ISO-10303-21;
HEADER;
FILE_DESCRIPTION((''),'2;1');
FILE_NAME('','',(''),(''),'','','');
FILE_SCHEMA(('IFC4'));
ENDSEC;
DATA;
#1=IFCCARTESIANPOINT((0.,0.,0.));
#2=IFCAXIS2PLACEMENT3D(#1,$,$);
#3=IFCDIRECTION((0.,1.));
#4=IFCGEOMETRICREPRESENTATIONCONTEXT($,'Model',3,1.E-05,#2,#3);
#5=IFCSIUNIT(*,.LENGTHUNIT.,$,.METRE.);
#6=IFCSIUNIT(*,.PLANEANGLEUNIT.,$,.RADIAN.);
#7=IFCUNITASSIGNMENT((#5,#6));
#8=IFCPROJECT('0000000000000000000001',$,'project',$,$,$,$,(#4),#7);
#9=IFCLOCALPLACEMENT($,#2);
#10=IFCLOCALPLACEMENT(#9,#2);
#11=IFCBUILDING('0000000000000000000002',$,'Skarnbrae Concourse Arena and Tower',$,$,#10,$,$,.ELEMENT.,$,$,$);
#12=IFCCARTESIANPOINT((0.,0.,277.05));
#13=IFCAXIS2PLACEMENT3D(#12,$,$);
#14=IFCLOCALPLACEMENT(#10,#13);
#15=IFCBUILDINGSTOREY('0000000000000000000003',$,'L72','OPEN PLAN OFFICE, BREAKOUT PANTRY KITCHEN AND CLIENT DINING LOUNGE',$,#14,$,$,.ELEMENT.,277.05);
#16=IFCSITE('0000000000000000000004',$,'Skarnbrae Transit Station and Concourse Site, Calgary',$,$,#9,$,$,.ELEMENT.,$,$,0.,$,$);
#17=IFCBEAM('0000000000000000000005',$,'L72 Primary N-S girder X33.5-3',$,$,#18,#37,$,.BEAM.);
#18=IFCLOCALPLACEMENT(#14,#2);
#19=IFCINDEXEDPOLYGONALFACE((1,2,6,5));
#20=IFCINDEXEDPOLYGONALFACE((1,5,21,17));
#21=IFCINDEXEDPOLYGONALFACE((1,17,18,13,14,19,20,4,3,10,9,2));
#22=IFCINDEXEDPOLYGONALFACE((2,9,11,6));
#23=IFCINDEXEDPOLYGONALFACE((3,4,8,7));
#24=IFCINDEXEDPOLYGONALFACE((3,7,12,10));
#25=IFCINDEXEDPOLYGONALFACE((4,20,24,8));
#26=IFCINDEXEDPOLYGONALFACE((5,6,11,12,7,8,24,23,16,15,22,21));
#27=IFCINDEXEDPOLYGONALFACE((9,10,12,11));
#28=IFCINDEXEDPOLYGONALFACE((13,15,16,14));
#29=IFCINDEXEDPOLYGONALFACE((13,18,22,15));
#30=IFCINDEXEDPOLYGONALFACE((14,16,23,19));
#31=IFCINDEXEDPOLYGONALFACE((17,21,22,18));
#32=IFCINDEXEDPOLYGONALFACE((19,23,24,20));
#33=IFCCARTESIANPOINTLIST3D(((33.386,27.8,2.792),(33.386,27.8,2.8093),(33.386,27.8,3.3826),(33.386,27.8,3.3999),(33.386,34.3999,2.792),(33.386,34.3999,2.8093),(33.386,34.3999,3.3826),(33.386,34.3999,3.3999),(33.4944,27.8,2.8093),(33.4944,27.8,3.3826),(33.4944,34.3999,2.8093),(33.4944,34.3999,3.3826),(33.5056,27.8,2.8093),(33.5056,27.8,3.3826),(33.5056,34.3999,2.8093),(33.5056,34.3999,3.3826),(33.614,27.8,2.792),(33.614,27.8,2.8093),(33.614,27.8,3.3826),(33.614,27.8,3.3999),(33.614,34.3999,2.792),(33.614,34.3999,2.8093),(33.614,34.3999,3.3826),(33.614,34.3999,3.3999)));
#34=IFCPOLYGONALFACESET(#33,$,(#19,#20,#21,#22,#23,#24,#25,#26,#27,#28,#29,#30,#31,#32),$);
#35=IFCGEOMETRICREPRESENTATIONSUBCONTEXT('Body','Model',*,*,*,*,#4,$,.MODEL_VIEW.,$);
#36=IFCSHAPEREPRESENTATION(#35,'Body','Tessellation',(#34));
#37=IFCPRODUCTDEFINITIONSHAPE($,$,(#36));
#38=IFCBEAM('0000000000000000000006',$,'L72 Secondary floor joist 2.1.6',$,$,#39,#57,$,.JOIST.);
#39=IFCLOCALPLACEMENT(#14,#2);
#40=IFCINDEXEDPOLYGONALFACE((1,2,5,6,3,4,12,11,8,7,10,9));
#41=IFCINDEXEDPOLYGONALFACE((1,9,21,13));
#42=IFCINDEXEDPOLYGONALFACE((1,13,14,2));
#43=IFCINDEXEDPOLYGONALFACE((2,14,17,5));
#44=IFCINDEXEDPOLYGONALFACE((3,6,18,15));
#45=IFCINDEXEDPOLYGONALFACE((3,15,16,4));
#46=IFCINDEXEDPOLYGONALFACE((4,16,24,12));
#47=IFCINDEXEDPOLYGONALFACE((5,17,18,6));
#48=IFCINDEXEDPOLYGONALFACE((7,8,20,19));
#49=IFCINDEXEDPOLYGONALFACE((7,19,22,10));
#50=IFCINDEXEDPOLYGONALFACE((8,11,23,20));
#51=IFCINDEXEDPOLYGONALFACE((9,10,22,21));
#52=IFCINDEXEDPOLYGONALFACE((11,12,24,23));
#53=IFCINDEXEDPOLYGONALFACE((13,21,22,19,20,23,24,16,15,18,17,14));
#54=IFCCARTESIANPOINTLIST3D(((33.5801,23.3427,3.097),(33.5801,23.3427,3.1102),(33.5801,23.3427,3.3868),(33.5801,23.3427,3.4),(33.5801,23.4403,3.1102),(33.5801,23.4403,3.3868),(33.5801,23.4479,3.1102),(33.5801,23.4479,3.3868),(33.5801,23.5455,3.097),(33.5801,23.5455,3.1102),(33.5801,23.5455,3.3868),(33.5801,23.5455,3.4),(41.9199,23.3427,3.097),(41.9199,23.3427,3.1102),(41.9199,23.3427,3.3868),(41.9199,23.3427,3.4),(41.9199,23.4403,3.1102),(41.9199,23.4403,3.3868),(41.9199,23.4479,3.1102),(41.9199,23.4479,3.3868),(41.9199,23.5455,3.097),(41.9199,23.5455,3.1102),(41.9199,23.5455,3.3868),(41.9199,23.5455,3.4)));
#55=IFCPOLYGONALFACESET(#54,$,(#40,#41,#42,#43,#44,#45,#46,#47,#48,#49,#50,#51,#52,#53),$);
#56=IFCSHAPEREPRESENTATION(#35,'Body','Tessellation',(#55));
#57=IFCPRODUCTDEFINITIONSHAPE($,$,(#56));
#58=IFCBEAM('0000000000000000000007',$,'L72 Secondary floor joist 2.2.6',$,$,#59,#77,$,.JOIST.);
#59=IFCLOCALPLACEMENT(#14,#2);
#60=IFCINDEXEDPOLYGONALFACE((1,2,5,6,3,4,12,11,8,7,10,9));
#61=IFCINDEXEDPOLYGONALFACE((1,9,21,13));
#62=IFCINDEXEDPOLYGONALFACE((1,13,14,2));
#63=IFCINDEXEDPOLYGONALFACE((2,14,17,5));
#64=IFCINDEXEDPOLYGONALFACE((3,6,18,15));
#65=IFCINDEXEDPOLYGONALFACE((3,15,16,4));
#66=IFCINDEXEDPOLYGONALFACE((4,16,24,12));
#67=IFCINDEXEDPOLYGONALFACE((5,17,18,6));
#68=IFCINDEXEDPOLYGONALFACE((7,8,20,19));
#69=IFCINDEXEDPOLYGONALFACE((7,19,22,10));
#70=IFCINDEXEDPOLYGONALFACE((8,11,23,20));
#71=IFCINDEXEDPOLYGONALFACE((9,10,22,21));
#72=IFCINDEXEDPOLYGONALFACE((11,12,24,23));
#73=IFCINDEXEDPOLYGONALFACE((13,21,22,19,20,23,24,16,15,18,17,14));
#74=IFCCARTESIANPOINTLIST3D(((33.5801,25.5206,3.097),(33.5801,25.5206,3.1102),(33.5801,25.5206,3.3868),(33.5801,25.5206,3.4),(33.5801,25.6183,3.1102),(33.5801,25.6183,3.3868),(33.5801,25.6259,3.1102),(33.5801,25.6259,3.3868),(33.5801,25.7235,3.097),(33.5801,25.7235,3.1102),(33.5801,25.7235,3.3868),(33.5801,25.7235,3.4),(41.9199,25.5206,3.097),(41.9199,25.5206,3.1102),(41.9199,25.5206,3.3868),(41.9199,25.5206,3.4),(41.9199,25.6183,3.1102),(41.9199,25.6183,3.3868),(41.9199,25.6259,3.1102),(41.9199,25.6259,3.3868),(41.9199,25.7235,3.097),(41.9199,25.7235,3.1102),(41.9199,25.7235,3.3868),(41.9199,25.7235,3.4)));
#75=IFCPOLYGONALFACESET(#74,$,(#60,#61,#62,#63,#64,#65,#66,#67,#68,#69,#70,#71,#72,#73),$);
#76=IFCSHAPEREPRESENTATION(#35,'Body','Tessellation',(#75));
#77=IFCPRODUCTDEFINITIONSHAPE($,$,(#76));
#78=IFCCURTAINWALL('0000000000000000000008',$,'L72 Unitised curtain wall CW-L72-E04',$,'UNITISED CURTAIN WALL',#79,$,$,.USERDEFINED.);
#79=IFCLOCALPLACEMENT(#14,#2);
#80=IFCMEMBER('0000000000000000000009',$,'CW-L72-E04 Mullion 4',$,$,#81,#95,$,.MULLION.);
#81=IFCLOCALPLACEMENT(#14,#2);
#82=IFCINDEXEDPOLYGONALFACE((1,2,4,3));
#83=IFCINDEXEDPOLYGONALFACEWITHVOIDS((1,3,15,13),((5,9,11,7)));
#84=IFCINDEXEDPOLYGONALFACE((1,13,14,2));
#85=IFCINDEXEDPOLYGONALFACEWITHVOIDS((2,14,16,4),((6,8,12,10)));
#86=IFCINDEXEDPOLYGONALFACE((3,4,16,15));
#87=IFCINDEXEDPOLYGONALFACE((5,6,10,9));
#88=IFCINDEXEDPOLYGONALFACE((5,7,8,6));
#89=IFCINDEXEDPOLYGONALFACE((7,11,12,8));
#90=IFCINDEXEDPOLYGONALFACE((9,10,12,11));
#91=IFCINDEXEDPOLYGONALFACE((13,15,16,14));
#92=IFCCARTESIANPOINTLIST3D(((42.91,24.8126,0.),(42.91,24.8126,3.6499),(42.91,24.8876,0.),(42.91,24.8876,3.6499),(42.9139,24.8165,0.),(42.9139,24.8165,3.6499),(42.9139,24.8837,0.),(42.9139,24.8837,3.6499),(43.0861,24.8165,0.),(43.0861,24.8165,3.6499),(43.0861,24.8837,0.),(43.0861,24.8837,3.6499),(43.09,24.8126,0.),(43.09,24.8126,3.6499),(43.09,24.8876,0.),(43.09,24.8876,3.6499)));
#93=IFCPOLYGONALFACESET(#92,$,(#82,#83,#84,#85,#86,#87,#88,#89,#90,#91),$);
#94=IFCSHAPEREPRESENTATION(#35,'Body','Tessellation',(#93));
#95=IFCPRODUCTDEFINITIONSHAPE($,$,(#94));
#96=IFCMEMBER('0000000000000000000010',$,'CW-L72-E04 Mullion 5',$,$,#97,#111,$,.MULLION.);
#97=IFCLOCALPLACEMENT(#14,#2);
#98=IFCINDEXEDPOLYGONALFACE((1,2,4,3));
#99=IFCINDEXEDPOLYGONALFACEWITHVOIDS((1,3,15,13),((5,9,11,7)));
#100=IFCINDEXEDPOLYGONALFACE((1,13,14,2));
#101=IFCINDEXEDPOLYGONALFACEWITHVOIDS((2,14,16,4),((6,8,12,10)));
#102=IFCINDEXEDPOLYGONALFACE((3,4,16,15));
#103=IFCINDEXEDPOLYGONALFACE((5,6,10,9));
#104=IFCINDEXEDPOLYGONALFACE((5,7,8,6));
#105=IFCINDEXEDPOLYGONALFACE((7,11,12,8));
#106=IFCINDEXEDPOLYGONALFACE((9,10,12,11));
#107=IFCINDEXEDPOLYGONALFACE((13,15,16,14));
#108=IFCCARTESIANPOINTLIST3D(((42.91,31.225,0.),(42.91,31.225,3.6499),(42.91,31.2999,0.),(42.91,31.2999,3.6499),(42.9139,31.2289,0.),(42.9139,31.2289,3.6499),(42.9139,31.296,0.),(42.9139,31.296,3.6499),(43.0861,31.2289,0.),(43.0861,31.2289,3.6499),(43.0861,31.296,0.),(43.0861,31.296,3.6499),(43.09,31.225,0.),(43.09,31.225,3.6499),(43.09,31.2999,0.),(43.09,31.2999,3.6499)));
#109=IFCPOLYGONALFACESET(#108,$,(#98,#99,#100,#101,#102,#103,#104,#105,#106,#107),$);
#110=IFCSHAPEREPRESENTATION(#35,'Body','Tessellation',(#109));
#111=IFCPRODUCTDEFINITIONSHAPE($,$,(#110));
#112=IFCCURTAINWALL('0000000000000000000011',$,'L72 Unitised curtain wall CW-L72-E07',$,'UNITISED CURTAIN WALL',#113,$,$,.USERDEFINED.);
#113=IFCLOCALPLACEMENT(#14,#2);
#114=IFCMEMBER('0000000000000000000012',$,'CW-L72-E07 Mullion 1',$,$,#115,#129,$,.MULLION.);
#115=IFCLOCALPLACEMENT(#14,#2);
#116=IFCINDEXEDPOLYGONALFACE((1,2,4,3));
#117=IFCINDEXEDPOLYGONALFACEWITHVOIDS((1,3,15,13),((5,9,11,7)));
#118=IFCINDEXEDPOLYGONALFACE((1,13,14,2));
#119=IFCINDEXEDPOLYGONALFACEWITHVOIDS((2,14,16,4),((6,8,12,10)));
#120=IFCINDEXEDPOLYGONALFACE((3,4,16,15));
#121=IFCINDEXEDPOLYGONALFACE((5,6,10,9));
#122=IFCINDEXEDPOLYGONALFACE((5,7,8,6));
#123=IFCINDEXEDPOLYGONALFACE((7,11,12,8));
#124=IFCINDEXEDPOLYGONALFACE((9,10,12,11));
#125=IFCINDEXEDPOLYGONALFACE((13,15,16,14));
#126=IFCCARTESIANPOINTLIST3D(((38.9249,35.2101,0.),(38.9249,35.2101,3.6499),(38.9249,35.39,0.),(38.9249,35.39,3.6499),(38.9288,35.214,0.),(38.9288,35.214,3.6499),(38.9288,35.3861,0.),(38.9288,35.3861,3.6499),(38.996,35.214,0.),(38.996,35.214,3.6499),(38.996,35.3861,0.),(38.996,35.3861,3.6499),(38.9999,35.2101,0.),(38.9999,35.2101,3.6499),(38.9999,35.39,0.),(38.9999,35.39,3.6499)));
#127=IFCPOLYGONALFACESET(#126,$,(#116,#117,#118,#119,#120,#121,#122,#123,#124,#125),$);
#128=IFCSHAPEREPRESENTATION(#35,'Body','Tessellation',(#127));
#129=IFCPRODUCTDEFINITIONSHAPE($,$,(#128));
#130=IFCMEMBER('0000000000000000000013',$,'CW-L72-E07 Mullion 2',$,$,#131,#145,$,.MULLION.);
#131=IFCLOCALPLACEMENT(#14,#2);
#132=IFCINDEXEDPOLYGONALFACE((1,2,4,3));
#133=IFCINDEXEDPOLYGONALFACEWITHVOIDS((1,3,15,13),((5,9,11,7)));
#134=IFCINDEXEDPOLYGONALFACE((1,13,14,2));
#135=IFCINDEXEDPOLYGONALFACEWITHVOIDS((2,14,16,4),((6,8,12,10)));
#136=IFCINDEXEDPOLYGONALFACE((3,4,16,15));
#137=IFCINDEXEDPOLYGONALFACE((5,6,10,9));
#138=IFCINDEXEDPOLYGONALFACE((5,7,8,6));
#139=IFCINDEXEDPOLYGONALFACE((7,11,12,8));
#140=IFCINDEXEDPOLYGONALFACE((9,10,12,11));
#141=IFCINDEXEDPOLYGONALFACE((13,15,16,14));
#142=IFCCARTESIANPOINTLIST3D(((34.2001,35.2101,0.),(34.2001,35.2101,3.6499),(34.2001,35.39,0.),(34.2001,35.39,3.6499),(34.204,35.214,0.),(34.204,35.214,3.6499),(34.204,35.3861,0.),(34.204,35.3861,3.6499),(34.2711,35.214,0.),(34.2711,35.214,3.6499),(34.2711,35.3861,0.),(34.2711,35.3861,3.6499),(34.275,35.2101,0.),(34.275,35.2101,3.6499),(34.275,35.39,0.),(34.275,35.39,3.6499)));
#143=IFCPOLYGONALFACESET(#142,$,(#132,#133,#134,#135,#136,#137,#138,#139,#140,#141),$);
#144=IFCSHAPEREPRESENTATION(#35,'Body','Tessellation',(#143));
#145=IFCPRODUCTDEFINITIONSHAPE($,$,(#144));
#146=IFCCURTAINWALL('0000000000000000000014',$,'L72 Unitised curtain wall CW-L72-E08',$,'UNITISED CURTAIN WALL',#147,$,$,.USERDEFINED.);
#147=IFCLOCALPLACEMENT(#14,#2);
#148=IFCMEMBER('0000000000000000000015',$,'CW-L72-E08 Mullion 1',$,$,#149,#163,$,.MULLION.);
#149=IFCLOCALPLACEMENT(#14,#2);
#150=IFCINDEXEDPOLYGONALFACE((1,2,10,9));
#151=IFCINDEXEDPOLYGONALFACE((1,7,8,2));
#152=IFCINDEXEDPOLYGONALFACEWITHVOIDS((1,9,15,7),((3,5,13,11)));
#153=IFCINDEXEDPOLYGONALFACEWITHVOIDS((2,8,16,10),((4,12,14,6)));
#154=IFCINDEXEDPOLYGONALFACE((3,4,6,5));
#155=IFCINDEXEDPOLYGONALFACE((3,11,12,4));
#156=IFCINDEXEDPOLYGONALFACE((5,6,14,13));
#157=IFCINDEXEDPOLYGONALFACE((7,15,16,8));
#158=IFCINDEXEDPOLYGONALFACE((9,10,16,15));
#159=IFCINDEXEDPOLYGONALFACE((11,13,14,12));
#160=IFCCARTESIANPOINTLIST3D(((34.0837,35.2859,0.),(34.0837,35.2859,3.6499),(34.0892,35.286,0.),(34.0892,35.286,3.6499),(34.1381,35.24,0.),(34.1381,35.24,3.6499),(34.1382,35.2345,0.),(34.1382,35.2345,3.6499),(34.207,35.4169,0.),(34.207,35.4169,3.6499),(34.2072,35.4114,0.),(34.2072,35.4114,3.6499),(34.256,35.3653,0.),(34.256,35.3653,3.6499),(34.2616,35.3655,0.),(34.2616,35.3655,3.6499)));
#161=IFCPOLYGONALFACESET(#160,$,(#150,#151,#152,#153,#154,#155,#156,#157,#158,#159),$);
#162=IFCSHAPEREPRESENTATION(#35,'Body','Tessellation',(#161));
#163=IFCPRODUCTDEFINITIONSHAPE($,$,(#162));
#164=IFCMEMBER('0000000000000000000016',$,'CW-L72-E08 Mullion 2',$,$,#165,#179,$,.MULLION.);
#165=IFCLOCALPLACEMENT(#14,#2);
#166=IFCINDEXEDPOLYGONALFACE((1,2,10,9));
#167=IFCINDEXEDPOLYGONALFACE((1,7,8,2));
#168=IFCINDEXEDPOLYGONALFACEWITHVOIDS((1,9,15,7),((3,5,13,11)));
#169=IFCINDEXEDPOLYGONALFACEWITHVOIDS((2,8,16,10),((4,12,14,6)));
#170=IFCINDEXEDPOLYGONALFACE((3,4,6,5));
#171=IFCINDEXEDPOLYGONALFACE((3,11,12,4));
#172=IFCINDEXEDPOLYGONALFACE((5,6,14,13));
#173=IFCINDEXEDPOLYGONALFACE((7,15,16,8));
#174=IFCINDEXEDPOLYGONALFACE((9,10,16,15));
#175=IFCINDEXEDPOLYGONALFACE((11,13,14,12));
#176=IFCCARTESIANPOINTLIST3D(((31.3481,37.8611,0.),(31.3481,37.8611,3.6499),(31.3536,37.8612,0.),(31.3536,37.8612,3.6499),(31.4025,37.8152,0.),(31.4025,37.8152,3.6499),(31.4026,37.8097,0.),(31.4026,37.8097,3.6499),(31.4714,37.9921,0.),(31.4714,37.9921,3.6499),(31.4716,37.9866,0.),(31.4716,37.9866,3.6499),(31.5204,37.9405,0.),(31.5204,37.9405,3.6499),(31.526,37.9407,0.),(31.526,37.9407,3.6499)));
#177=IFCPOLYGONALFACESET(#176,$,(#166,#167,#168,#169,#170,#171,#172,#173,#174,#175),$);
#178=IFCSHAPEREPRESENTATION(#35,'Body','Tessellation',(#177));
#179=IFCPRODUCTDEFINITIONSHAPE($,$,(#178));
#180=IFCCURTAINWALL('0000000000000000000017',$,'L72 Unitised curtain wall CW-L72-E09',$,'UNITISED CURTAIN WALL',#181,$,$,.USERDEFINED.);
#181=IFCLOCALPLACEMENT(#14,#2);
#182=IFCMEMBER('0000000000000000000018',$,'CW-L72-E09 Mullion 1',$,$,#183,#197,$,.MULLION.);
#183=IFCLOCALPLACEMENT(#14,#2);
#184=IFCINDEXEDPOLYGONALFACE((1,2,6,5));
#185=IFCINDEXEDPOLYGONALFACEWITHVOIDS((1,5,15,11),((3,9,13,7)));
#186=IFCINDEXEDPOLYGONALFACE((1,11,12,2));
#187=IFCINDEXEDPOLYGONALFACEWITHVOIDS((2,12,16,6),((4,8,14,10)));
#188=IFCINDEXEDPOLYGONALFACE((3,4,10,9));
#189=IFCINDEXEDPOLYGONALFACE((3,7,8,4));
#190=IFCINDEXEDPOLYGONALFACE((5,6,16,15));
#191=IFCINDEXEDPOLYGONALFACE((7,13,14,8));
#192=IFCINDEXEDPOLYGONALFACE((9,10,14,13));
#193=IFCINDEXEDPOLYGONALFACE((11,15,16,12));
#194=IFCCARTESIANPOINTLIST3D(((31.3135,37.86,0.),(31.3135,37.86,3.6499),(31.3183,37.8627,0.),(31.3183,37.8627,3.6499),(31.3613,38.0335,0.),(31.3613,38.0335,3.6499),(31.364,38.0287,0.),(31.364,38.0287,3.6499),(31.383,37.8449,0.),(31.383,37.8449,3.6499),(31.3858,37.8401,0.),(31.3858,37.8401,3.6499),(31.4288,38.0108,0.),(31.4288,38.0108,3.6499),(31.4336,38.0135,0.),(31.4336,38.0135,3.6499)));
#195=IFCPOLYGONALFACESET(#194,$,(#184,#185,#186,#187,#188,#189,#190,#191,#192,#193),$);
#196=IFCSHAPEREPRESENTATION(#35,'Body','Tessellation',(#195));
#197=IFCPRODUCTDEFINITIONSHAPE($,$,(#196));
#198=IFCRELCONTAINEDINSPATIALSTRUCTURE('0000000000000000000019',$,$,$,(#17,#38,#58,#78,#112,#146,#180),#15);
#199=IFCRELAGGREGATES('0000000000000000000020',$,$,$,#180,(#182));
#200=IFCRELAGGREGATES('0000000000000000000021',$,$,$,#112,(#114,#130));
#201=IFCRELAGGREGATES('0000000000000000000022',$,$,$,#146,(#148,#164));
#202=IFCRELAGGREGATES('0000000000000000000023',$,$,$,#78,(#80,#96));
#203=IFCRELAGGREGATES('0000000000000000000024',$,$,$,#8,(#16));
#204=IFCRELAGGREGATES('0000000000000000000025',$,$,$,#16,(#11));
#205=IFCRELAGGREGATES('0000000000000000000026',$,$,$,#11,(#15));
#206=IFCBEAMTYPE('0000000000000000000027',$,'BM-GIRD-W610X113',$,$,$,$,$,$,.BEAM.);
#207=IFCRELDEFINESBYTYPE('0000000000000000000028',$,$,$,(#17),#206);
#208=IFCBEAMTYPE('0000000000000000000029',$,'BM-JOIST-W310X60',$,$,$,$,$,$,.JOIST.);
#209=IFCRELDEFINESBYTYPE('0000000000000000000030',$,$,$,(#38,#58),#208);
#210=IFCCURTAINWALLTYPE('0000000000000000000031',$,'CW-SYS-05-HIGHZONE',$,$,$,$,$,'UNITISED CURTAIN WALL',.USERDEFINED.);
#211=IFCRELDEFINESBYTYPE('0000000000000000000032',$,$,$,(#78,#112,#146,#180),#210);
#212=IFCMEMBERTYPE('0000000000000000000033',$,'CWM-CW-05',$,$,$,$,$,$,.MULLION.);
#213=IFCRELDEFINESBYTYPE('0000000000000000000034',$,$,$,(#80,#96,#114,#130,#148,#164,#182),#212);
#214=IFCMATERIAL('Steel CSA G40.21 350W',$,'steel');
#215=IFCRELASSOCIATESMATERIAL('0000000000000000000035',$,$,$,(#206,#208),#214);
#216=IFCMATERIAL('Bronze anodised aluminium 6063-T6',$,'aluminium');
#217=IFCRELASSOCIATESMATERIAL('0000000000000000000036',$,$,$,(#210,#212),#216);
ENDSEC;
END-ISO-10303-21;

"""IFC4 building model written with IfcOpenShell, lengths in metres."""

from ifc_helpers import new_model, si_unit, direction, frame, origin, origin_2d, place, context, subcontext, project, spatial, hollow_rectangle, i_section, extrude, source, transform, mapped, material, material_profile, profile_set, type_object, element, aggregate, save


model = new_model("IFC4")

# Units and contexts
model_context = context("Model", 3, precision=1e-05, world=origin(), true_north=direction((0.0, 1.0)))
body_context = subcontext(model_context, "Body", "Model", "MODEL_VIEW")
ifc_project = project(units=[si_unit("LENGTHUNIT", "METRE"), si_unit("PLANEANGLEUNIT", "RADIAN")], contexts=[model_context])

# Site, building, storey
site_placement = place(None, origin())
site = spatial("IfcSite", under=ifc_project, at=site_placement, Name="Skarnbrae Transit Station and Concourse Site, Calgary", CompositionType="ELEMENT", RefElevation=0.0)
building_placement = place(site_placement, origin())
building = spatial("IfcBuilding", under=site, at=building_placement, Name="Skarnbrae Concourse Arena and Tower", CompositionType="ELEMENT")
storey_placement = place(building_placement, frame((0.0, 0.0, 277.05)))
storey = spatial("IfcBuildingStorey", under=building, at=storey_placement, Name="L72", Description="OPEN PLAN OFFICE, BREAKOUT PANTRY KITCHEN AND CLIENT DINING LOUNGE", CompositionType="ELEMENT", Elevation=277.05)

# Shared definitions
ifc_material_1 = material(Name="Steel CSA G40.21 350W", Category="steel")

# Beams
ifc_material_profile_1 = material_profile(ifc_material_1, i_section(OverallWidth=0.228, OverallDepth=0.6079, WebThickness=0.0112, FlangeThickness=0.0173, at=origin_2d()), Name="W610X113")
ifc_profile_set_1 = profile_set([ifc_material_profile_1], Name="Steel CSA G40.21 350W")
beam_type_1 = type_object("IfcBeamType", Name="BM-GIRD-W610X113", PredefinedType="BEAM", material=ifc_profile_set_1)
shared_shape_1 = source(origin(), body_context, "Body", "SweptSolid", [
    extrude(i_section(OverallWidth=0.228, OverallDepth=0.6079, WebThickness=0.0112, FlangeThickness=0.0173, at=origin_2d()), origin(), (0.0, 0.0, 1.0), 6.5999),
])
beam_1_placement = place(storey_placement, frame((33.5, 27.8, 3.0959), z_axis=(0.0, 1.0, 0.0), x_axis=(-1.0, 0.0, 0.0)))
element("IfcBeam", 1, at=beam_1_placement, inside=storey, type_object=beam_type_1, Name="L72 Primary N-S girder X33.5-3", PredefinedType="BEAM", context=body_context, shape_type="MappedRepresentation", body=[
    mapped(shared_shape_1, transform((0.0, 0.0, 0.0))),
])
ifc_material_profile_2 = material_profile(ifc_material_1, i_section(OverallWidth=0.2029, OverallDepth=0.303, WebThickness=0.0076, FlangeThickness=0.0132, at=origin_2d()), Name="W310X60")
ifc_profile_set_2 = profile_set([ifc_material_profile_2], Name="Steel CSA G40.21 350W")
beam_type_2 = type_object("IfcBeamType", Name="BM-JOIST-W310X60", PredefinedType="JOIST", material=ifc_profile_set_2)
shared_shape_2 = source(origin(), body_context, "Body", "SweptSolid", [
    extrude(i_section(OverallWidth=0.2029, OverallDepth=0.303, WebThickness=0.0076, FlangeThickness=0.0132, at=origin_2d()), origin(), (0.0, 0.0, 1.0), 8.3398),
])
for number, where, z_axis, x_axis, name in (
    (2, (33.5801, 23.4441, 3.2485), (1.0, 0.0, 0.0), (0.0, 1.0, 0.0), "L72 Secondary floor joist 2.1.6"),
    (3, (33.5801, 25.6221, 3.2485), (1.0, 0.0, 0.0), (0.0, 1.0, 0.0), "L72 Secondary floor joist 2.2.6"),
):
    element("IfcBeam", number, at=place(storey_placement, frame(where, z_axis=z_axis, x_axis=x_axis)), inside=storey, type_object=beam_type_2, Name=name, PredefinedType="JOIST", context=body_context, shape_type="MappedRepresentation", body=[
        mapped(shared_shape_2, transform((0.0, 0.0, 0.0))),
    ])

# Curtain walls, members
ifc_material_2 = material(Name="Bronze anodised aluminium 6063-T6", Category="aluminium")
curtain_wall_type = type_object("IfcCurtainWallType", Name="CW-SYS-05-HIGHZONE", ElementType="UNITISED CURTAIN WALL", PredefinedType="USERDEFINED", material=ifc_material_2)
curtain_wall_1_placement = place(storey_placement, origin())
curtain_wall_1 = element("IfcCurtainWall", 4, at=curtain_wall_1_placement, inside=storey, type_object=curtain_wall_type, Name="L72 Unitised curtain wall CW-L72-E04", ObjectType="UNITISED CURTAIN WALL", PredefinedType="USERDEFINED")
ifc_material_profile_3 = material_profile(ifc_material_2, hollow_rectangle(XDim=0.075, YDim=0.1799, WallThickness=0.0039, at=origin_2d()), Name="ALU-MULL-75X180")
ifc_profile_set_3 = profile_set([ifc_material_profile_3], Name="Bronze anodised aluminium 6063-T6")
member_type_1 = type_object("IfcMemberType", Name="CWM-CW-05", PredefinedType="MULLION", material=ifc_profile_set_3)
shared_shape_3 = source(origin(), body_context, "Body", "SweptSolid", [
    extrude(hollow_rectangle(XDim=0.075, YDim=0.1799, WallThickness=0.0039, at=origin_2d()), origin(), (0.0, 0.0, 1.0), 3.6499),
])
member_1_placement = place(storey_placement, frame((43.0, 24.8501, 0.0), z_axis=(0.0, 0.0, 1.0), x_axis=(0.0, 1.0, 0.0)))
member_1 = element("IfcMember", 5, at=member_1_placement, type_object=member_type_1, Name="CW-L72-E04 Mullion 4", PredefinedType="MULLION", context=body_context, shape_type="MappedRepresentation", body=[
    mapped(shared_shape_3, transform((0.0, 0.0, 0.0))),
])
member_2_placement = place(storey_placement, frame((43.0, 31.2625, 0.0), z_axis=(0.0, 0.0, 1.0), x_axis=(0.0, 1.0, 0.0)))
member_2 = element("IfcMember", 6, at=member_2_placement, type_object=member_type_1, Name="CW-L72-E04 Mullion 5", PredefinedType="MULLION", context=body_context, shape_type="MappedRepresentation", body=[
    mapped(shared_shape_3, transform((0.0, 0.0, 0.0))),
])
curtain_wall_2_placement = place(storey_placement, origin())
curtain_wall_2 = element("IfcCurtainWall", 7, at=curtain_wall_2_placement, inside=storey, type_object=curtain_wall_type, Name="L72 Unitised curtain wall CW-L72-E07", ObjectType="UNITISED CURTAIN WALL", PredefinedType="USERDEFINED")
member_3_placement = place(storey_placement, frame((38.9624, 35.3, 0.0), z_axis=(0.0, 0.0, 1.0), x_axis=(-1.0, 0.0, 0.0)))
member_3 = element("IfcMember", 8, at=member_3_placement, type_object=member_type_1, Name="CW-L72-E07 Mullion 1", PredefinedType="MULLION", context=body_context, shape_type="MappedRepresentation", body=[
    mapped(shared_shape_3, transform((0.0, 0.0, 0.0))),
])
member_4_placement = place(storey_placement, frame((34.2375, 35.3, 0.0), z_axis=(0.0, 0.0, 1.0), x_axis=(-1.0, 0.0, 0.0)))
member_4 = element("IfcMember", 9, at=member_4_placement, type_object=member_type_1, Name="CW-L72-E07 Mullion 2", PredefinedType="MULLION", context=body_context, shape_type="MappedRepresentation", body=[
    mapped(shared_shape_3, transform((0.0, 0.0, 0.0))),
])
curtain_wall_3_placement = place(storey_placement, origin())
curtain_wall_3 = element("IfcCurtainWall", 10, at=curtain_wall_3_placement, inside=storey, type_object=curtain_wall_type, Name="L72 Unitised curtain wall CW-L72-E08", ObjectType="UNITISED CURTAIN WALL", PredefinedType="USERDEFINED")
member_5_placement = place(storey_placement, frame((34.1726, 35.3257, 0.0), z_axis=(0.0, 0.0, 1.0), x_axis=(-0.728131, 0.685438, 0.0)))
member_5 = element("IfcMember", 11, at=member_5_placement, type_object=member_type_1, Name="CW-L72-E08 Mullion 1", PredefinedType="MULLION", context=body_context, shape_type="MappedRepresentation", body=[
    mapped(shared_shape_3, transform((0.0, 0.0, 0.0))),
])
member_6_placement = place(storey_placement, frame((31.437, 37.9009, 0.0), z_axis=(0.0, 0.0, 1.0), x_axis=(-0.728131, 0.685438, 0.0)))
member_6 = element("IfcMember", 12, at=member_6_placement, type_object=member_type_1, Name="CW-L72-E08 Mullion 2", PredefinedType="MULLION", context=body_context, shape_type="MappedRepresentation", body=[
    mapped(shared_shape_3, transform((0.0, 0.0, 0.0))),
])

# Curtain wall, member
curtain_wall_4_placement = place(storey_placement, origin())
curtain_wall_4 = element("IfcCurtainWall", 13, at=curtain_wall_4_placement, inside=storey, type_object=curtain_wall_type, Name="L72 Unitised curtain wall CW-L72-E09", ObjectType="UNITISED CURTAIN WALL", PredefinedType="USERDEFINED")
member_7_placement = place(storey_placement, frame((31.3735, 37.9368, 0.0), z_axis=(0.0, 0.0, 1.0), x_axis=(-0.964057, 0.265694, 0.0)))
member_7 = element("IfcMember", 14, at=member_7_placement, type_object=member_type_1, Name="CW-L72-E09 Mullion 1", PredefinedType="MULLION", context=body_context, shape_type="MappedRepresentation", body=[
    mapped(shared_shape_3, transform((0.0, 0.0, 0.0))),
])

aggregate(curtain_wall_4, [member_7])

aggregate(curtain_wall_2, [member_3, member_4])
aggregate(curtain_wall_3, [member_5, member_6])
aggregate(curtain_wall_1, [member_1, member_2])

save(model, "model.ifc")
